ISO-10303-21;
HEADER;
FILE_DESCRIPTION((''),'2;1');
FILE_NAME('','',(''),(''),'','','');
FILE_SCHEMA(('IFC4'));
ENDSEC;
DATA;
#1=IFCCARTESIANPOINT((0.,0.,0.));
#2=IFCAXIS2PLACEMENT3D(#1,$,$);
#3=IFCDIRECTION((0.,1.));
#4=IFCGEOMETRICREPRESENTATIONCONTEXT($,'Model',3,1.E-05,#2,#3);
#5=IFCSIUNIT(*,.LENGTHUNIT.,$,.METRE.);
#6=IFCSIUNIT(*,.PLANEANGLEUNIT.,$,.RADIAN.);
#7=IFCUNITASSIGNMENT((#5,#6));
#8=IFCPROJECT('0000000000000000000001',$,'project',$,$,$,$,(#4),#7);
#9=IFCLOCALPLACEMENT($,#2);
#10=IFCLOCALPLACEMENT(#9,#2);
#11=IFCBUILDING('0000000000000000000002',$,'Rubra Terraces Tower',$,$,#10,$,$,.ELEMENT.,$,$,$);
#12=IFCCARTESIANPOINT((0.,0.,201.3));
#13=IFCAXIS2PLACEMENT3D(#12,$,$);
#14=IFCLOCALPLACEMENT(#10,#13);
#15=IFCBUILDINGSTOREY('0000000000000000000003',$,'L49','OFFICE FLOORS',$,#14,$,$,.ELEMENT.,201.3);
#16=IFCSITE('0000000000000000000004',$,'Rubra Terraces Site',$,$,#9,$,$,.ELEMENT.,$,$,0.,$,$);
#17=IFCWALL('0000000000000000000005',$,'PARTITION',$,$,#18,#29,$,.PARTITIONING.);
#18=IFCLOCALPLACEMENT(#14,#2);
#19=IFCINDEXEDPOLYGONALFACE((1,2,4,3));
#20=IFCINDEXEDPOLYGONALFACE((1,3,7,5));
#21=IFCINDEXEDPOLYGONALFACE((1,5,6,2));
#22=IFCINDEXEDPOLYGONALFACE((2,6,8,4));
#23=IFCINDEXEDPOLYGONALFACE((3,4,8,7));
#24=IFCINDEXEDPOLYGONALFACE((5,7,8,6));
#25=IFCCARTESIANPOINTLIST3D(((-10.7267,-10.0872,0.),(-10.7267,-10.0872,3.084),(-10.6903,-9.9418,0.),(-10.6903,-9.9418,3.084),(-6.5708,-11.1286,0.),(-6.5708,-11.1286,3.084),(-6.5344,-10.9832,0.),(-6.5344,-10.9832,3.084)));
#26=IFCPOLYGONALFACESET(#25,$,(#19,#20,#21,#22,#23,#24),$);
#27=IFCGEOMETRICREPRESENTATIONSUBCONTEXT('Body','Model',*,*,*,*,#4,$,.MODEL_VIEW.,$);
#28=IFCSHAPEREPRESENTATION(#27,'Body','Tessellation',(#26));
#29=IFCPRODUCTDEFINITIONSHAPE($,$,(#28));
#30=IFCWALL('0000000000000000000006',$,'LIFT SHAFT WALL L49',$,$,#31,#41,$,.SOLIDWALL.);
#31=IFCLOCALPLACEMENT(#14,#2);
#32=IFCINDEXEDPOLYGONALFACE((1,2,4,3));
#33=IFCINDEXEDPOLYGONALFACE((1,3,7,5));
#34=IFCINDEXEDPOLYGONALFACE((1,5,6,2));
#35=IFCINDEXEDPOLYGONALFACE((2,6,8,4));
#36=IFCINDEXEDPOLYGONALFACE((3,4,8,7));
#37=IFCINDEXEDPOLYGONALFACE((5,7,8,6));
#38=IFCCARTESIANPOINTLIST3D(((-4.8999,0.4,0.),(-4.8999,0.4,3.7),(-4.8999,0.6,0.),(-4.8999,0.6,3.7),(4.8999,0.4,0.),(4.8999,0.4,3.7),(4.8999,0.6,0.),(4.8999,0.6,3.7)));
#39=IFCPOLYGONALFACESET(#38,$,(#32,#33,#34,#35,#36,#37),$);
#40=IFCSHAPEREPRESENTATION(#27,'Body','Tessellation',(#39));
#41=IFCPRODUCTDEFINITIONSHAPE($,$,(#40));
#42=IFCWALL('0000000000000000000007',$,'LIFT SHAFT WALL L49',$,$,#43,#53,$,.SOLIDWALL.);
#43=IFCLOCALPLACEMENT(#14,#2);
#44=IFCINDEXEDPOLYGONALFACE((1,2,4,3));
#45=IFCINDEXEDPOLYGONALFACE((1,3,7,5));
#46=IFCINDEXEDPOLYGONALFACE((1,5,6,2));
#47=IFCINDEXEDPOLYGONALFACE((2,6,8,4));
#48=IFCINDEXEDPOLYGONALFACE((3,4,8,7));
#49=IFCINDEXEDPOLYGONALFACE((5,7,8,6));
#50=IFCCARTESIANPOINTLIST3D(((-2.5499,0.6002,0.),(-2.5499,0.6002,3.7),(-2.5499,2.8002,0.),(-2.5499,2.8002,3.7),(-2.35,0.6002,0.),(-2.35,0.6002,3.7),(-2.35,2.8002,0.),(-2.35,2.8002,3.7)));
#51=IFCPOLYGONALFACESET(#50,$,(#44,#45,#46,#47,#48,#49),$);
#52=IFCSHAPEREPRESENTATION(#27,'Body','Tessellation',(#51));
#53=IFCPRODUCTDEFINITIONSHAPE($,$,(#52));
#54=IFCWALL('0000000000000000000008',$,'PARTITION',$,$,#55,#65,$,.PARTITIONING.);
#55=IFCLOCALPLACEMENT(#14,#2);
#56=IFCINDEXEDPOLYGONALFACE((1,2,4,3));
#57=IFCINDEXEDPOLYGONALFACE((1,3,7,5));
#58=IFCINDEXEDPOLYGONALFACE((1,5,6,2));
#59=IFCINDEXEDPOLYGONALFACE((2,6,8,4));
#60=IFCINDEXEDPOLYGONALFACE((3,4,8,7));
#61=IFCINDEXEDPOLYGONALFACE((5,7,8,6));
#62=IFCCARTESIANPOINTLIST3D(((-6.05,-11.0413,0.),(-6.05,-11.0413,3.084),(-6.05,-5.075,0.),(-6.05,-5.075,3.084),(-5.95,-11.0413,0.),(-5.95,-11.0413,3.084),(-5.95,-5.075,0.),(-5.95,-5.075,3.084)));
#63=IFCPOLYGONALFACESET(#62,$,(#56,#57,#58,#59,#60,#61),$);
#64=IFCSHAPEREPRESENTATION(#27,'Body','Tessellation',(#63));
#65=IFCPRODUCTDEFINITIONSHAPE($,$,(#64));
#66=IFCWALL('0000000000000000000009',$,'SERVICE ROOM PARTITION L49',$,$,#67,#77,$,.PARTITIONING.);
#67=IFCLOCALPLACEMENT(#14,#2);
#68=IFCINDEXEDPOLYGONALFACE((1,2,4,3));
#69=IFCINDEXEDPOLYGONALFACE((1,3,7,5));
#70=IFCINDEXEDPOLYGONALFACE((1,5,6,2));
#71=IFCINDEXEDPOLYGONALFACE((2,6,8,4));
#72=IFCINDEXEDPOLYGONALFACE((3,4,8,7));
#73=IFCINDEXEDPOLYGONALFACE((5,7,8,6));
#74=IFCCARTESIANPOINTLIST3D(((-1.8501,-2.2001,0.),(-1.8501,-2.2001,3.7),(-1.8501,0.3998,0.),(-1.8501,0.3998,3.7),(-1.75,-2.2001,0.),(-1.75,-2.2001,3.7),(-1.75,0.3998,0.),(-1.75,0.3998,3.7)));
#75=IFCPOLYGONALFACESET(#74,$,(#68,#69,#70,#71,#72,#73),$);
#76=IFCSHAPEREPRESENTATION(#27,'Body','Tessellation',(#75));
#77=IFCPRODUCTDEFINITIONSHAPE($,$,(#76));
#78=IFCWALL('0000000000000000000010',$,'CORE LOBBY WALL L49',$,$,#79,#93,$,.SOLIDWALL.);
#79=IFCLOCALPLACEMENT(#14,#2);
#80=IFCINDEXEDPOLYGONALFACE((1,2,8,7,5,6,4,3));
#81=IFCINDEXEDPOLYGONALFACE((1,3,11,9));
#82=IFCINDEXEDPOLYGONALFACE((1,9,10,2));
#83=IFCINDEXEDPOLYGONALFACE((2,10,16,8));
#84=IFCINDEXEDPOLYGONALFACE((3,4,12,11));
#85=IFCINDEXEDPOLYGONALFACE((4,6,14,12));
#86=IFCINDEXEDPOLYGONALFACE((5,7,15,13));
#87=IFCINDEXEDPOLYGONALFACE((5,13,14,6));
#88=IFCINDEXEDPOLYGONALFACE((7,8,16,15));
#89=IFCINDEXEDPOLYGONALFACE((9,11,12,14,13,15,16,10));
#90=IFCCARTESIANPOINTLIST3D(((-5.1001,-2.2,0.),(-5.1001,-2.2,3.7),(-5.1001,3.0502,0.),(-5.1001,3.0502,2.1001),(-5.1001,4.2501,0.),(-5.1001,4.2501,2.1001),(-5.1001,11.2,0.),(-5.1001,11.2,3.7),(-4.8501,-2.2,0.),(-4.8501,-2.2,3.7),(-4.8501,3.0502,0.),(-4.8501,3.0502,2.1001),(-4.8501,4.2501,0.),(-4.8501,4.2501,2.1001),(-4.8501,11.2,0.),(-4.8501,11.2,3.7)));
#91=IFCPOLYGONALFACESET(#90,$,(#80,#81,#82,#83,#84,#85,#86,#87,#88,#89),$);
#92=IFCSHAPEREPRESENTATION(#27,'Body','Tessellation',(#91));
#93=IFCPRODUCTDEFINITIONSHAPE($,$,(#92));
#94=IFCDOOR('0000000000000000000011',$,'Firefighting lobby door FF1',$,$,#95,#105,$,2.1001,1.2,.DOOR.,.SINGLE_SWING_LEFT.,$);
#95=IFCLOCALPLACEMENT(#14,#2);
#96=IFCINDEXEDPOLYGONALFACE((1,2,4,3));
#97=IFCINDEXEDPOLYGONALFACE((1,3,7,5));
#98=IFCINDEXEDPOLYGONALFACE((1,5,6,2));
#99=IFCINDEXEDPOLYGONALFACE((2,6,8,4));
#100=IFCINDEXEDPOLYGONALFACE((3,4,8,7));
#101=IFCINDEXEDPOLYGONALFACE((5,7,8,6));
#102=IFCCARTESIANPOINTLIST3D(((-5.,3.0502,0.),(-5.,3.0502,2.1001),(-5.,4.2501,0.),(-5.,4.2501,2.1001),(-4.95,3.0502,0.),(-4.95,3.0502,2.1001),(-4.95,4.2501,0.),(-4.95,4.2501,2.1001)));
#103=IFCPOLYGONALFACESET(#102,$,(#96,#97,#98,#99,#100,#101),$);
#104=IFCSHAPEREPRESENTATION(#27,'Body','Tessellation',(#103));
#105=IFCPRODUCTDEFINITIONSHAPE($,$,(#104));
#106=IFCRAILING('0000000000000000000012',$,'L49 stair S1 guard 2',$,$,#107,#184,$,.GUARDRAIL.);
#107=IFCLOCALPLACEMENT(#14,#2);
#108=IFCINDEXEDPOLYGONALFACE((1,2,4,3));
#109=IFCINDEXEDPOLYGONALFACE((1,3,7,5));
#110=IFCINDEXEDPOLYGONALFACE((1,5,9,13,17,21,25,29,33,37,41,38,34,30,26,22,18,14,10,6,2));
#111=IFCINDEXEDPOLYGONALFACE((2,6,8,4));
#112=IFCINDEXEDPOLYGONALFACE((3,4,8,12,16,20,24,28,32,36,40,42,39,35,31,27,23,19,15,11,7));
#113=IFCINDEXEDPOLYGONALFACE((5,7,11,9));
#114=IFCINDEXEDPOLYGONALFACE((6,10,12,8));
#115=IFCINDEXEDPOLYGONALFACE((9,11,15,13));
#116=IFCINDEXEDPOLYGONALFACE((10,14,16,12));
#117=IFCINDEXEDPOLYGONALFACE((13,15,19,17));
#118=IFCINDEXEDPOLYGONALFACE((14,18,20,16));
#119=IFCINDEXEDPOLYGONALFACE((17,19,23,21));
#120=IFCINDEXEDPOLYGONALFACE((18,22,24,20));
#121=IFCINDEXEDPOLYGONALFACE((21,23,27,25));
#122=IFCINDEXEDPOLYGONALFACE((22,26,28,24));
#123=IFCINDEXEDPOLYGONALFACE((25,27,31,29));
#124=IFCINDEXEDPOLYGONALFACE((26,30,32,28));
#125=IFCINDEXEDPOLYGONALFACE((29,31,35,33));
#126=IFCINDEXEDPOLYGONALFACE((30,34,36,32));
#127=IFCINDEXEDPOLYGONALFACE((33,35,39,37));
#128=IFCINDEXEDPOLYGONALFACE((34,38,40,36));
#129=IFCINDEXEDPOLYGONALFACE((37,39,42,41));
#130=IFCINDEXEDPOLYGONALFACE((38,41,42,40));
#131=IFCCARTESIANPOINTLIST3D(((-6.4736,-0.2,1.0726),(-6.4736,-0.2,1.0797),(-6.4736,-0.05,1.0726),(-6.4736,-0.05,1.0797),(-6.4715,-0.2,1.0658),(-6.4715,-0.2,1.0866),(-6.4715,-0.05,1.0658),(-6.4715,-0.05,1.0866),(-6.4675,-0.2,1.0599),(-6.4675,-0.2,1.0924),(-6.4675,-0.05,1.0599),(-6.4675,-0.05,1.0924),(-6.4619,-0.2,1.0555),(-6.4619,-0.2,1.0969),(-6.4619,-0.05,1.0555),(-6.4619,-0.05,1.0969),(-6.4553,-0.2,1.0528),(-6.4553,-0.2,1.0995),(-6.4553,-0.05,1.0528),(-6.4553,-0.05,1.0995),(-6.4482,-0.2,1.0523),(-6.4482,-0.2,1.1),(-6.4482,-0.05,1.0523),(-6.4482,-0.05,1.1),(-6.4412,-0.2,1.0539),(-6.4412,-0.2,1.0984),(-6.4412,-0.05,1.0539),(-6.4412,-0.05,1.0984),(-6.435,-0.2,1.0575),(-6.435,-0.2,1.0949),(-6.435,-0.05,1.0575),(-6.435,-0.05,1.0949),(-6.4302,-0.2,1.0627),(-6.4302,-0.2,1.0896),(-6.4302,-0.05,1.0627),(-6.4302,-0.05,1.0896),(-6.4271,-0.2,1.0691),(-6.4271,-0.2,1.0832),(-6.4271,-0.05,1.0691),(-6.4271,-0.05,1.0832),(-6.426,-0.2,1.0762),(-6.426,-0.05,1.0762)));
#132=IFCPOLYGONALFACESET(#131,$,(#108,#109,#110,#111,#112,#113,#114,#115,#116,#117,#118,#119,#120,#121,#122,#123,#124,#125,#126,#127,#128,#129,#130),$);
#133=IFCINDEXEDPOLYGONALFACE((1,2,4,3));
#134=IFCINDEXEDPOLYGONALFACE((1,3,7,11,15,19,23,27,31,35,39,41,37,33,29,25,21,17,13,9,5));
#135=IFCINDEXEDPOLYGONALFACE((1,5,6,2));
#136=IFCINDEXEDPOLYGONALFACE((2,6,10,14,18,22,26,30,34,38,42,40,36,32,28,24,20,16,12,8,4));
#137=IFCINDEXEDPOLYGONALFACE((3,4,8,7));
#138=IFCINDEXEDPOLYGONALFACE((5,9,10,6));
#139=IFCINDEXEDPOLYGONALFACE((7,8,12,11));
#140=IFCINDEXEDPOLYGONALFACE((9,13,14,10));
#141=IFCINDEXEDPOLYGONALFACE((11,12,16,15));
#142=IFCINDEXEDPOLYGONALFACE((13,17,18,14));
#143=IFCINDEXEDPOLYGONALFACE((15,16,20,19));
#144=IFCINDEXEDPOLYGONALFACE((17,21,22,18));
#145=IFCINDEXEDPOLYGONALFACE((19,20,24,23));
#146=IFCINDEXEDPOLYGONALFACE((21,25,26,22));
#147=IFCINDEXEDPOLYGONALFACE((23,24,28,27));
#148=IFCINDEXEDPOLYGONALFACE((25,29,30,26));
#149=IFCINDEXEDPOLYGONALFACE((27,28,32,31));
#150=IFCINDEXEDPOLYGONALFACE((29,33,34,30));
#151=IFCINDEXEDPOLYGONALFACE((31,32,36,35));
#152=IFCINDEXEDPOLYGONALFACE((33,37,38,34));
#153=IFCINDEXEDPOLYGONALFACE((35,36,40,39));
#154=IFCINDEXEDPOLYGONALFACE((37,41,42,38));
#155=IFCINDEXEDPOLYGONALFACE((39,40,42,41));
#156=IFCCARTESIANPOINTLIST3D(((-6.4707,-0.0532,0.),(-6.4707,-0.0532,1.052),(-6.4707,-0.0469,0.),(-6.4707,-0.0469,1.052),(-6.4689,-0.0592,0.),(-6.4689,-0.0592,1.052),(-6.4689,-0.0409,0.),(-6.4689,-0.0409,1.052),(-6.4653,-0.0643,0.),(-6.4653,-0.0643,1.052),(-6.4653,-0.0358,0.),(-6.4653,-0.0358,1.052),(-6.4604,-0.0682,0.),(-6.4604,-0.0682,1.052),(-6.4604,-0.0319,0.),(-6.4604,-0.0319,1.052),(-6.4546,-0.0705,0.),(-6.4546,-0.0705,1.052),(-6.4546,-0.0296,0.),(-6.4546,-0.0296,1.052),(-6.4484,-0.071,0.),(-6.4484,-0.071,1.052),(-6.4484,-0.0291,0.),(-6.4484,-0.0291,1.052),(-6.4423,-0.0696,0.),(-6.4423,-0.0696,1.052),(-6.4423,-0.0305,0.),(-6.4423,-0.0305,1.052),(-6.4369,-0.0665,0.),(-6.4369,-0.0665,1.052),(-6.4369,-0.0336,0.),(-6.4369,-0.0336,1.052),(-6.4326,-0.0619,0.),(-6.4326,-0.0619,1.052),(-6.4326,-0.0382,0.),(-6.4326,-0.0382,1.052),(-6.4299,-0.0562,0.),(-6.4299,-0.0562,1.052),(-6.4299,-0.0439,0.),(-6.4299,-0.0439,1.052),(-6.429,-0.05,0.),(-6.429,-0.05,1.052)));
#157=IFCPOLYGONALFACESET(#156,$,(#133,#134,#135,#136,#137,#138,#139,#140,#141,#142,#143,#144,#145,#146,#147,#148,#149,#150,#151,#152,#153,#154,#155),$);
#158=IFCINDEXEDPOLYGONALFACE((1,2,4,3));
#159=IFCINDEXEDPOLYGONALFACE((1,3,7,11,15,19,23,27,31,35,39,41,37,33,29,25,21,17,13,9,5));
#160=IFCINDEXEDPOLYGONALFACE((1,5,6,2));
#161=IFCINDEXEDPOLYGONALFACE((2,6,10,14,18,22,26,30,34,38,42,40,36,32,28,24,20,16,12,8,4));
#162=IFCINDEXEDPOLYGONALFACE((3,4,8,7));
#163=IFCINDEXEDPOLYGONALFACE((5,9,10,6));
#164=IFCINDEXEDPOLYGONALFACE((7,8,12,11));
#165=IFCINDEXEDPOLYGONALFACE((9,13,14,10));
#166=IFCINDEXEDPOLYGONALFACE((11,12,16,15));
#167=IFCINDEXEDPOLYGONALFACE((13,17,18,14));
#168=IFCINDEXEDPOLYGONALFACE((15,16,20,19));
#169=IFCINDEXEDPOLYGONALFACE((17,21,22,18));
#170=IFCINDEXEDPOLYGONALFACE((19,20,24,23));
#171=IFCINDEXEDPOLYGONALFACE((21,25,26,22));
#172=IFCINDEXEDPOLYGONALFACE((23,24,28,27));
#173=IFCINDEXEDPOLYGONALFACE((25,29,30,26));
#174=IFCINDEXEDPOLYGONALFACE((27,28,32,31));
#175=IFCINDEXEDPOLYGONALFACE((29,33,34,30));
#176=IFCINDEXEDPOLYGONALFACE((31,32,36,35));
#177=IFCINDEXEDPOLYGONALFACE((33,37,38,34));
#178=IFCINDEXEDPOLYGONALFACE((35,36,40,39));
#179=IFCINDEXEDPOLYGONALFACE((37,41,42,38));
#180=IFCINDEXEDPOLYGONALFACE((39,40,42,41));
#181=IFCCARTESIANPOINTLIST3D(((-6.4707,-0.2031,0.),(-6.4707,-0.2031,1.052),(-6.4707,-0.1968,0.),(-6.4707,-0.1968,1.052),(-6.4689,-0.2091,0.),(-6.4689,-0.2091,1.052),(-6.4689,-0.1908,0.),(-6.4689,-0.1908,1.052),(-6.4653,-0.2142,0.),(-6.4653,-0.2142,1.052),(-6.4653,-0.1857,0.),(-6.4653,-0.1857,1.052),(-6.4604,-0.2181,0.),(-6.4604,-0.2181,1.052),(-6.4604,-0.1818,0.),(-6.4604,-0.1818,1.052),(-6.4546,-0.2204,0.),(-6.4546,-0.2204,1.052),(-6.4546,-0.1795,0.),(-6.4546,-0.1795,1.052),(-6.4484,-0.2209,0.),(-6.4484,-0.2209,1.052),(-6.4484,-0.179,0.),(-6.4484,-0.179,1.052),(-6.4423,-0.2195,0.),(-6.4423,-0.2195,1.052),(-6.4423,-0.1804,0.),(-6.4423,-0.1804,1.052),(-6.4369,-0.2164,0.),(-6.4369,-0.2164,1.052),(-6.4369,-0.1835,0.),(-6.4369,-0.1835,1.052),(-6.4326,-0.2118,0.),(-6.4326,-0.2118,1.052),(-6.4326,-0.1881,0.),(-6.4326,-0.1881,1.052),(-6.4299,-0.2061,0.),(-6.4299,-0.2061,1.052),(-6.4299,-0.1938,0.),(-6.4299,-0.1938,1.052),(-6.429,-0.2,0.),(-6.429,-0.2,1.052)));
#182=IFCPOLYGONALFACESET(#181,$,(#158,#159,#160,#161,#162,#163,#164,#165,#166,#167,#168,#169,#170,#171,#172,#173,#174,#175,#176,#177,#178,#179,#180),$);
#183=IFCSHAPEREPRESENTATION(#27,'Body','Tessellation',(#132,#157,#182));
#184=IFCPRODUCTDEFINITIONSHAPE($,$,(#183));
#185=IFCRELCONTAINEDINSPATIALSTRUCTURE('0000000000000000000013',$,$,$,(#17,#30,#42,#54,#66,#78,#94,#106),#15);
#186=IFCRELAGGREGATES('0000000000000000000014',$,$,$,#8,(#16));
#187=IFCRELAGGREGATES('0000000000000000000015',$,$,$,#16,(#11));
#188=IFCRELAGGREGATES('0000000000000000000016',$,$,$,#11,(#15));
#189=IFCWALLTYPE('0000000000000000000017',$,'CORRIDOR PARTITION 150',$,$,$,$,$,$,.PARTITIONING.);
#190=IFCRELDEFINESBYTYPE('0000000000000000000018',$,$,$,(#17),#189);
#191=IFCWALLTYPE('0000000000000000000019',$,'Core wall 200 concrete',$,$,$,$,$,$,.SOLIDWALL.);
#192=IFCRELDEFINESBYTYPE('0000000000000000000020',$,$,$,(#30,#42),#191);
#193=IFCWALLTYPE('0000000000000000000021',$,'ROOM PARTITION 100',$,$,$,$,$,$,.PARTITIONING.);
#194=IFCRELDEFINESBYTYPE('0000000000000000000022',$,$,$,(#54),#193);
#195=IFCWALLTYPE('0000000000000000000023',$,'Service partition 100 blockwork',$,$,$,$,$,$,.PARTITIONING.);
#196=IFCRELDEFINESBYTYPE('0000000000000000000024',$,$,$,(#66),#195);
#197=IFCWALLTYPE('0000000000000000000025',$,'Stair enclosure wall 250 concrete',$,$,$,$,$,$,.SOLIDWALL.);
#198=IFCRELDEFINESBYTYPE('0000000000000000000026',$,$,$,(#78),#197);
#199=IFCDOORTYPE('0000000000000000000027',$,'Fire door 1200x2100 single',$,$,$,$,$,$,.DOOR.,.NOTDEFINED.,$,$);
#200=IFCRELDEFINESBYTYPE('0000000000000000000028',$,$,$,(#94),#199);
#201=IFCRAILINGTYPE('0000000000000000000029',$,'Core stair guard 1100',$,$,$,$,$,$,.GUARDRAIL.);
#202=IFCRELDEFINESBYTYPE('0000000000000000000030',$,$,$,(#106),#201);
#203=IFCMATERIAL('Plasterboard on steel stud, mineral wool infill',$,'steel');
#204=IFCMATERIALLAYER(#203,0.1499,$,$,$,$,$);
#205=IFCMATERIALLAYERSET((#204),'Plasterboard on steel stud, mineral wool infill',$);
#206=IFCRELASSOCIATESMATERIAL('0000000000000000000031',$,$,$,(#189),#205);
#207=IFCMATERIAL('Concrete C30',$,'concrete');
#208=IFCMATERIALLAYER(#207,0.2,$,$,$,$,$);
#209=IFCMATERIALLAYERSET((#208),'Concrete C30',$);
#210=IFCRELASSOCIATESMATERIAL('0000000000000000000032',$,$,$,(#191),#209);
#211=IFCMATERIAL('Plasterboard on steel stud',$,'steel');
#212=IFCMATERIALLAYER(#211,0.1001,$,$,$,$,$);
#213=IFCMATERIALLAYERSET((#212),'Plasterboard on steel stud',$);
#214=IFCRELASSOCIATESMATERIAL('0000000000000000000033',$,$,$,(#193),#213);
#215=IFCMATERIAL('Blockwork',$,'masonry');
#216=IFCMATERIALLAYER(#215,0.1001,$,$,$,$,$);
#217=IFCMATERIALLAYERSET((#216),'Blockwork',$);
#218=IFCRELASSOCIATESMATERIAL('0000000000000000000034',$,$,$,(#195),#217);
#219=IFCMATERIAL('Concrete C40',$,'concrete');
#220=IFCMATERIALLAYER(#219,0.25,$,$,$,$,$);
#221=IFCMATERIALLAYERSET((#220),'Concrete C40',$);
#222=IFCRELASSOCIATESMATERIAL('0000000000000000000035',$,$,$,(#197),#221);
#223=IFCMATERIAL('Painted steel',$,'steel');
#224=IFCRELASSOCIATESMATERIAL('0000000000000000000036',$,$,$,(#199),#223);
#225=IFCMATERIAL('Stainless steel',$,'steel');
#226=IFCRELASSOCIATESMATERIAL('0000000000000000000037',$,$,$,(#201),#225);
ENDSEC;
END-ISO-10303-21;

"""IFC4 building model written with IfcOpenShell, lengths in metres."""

from ifc_helpers import new_model, si_unit, direction, frame, frame_2d, origin, origin_2d, place, context, subcontext, project, spatial, rectangle, circle, extrude, material, layer, layer_set, type_object, element, fill, save


model = new_model("IFC4")

# Units and contexts
model_context = context("Model", 3, precision=1e-05, world=origin(), true_north=direction((0.0, 1.0)))
body_context = subcontext(model_context, "Body", "Model", "MODEL_VIEW")
ifc_project = project(units=[si_unit("LENGTHUNIT", "METRE"), si_unit("PLANEANGLEUNIT", "RADIAN")], contexts=[model_context])

# Site, building, storey
site_placement = place(None, origin())
site = spatial("IfcSite", under=ifc_project, at=site_placement, Name="Rubra Terraces Site", CompositionType="ELEMENT", RefElevation=0.0)
building_placement = place(site_placement, origin())
building = spatial("IfcBuilding", under=site, at=building_placement, Name="Rubra Terraces Tower", CompositionType="ELEMENT")
storey_placement = place(building_placement, frame((0.0, 0.0, 201.3)))
storey = spatial("IfcBuildingStorey", under=building, at=storey_placement, Name="L49", Description="OFFICE FLOORS", CompositionType="ELEMENT", Elevation=201.3)

# Shared definitions
ifc_material_1 = material(Name="Concrete C40", Category="concrete")

# Shared definitions
ifc_material_2 = material(Name="Plasterboard on steel stud, mineral wool infill", Category="steel")
ifc_layer_1 = layer(ifc_material_2, 0.1499)
ifc_layer_set_1 = layer_set([ifc_layer_1], Name="Plasterboard on steel stud, mineral wool infill")
wall_type_1 = type_object("IfcWallType", Name="CORRIDOR PARTITION 150", PredefinedType="PARTITIONING", material=ifc_layer_set_1)

# Walls
wall_1_placement = place(storey_placement, frame((-6.5527, -11.0559, 0.0), z_axis=(0.0, 0.0, 1.0), x_axis=(-0.970005, 0.243085, 0.0)))
element("IfcWall", 1, at=wall_1_placement, inside=storey, type_object=wall_type_1, Name="PARTITION", PredefinedType="PARTITIONING", context=body_context, shape_type="SweptSolid", body=[
    extrude(rectangle(XDim=4.2844, YDim=0.1499, at=frame_2d((2.1421, 0.0))), origin(), (0.0, 0.0, 1.0), 3.084),
])
ifc_material_3 = material(Name="Concrete C30", Category="concrete")
ifc_layer_2 = layer(ifc_material_3, 0.2)
ifc_layer_set_2 = layer_set([ifc_layer_2], Name="Concrete C30")
wall_type_2 = type_object("IfcWallType", Name="Core wall 200 concrete", PredefinedType="SOLIDWALL", material=ifc_layer_set_2)
wall_2_placement = place(storey_placement, frame((-4.8999, 0.5, 0.0), z_axis=(0.0, 0.0, 1.0), x_axis=(1.0, 0.0, 0.0)))
element("IfcWall", 2, at=wall_2_placement, inside=storey, type_object=wall_type_2, Name="LIFT SHAFT WALL L49", PredefinedType="SOLIDWALL", context=body_context, shape_type="SweptSolid", body=[
    extrude(rectangle(XDim=9.7998, YDim=0.2, at=frame_2d((4.8999, 0.0))), origin(), (0.0, 0.0, 1.0), 3.7),
])
wall_3_placement = place(storey_placement, frame((-2.45, 0.6001, 0.0), z_axis=(0.0, 0.0, 1.0), x_axis=(0.0, 1.0, 0.0)))
element("IfcWall", 3, at=wall_3_placement, inside=storey, type_object=wall_type_2, Name="LIFT SHAFT WALL L49", PredefinedType="SOLIDWALL", context=body_context, shape_type="SweptSolid", body=[
    extrude(rectangle(XDim=2.2, YDim=0.2, at=frame_2d((1.1001, 0.0))), origin(), (0.0, 0.0, 1.0), 3.7),
])
ifc_material_4 = material(Name="Plasterboard on steel stud", Category="steel")
ifc_layer_3 = layer(ifc_material_4, 0.1001)
ifc_layer_set_3 = layer_set([ifc_layer_3], Name="Plasterboard on steel stud")
wall_type_3 = type_object("IfcWallType", Name="ROOM PARTITION 100", PredefinedType="PARTITIONING", material=ifc_layer_set_3)
wall_4_placement = place(storey_placement, frame((-6.0, -11.0413, 0.0), z_axis=(0.0, 0.0, 1.0), x_axis=(0.0, 1.0, 0.0)))
element("IfcWall", 4, at=wall_4_placement, inside=storey, type_object=wall_type_3, Name="PARTITION", PredefinedType="PARTITIONING", context=body_context, shape_type="SweptSolid", body=[
    extrude(rectangle(XDim=5.9663, YDim=0.1001, at=frame_2d((2.9832, 0.0))), origin(), (0.0, 0.0, 1.0), 3.084),
])
ifc_material_5 = material(Name="Blockwork", Category="masonry")
ifc_layer_4 = layer(ifc_material_5, 0.1001)
ifc_layer_set_4 = layer_set([ifc_layer_4], Name="Blockwork")
wall_type_4 = type_object("IfcWallType", Name="Service partition 100 blockwork", PredefinedType="PARTITIONING", material=ifc_layer_set_4)
wall_5_placement = place(storey_placement, frame((-1.8, -2.2, 0.0), z_axis=(0.0, 0.0, 1.0), x_axis=(0.0, 1.0, 0.0)))
element("IfcWall", 5, at=wall_5_placement, inside=storey, type_object=wall_type_4, Name="SERVICE ROOM PARTITION L49", PredefinedType="PARTITIONING", context=body_context, shape_type="SweptSolid", body=[
    extrude(rectangle(XDim=2.5999, YDim=0.1001, at=frame_2d((1.2998, 0.0))), origin(), (0.0, 0.0, 1.0), 3.7),
])

# Wall, opening, door
ifc_layer_5 = layer(ifc_material_1, 0.25)
ifc_layer_set_5 = layer_set([ifc_layer_5], Name="Concrete C40")
wall_type_5 = type_object("IfcWallType", Name="Stair enclosure wall 250 concrete", PredefinedType="SOLIDWALL", material=ifc_layer_set_5)
wall_6_placement = place(storey_placement, frame((-4.9751, -2.2, 0.0), z_axis=(0.0, 0.0, 1.0), x_axis=(0.0, 1.0, 0.0)))
wall_6 = element("IfcWall", 6, at=wall_6_placement, inside=storey, type_object=wall_type_5, Name="CORE LOBBY WALL L49", PredefinedType="SOLIDWALL", context=body_context, shape_type="SweptSolid", body=[
    extrude(rectangle(XDim=13.3999, YDim=0.25, at=frame_2d((6.7, 0.0))), origin(), (0.0, 0.0, 1.0), 3.7),
])
opening_1_placement = place(wall_6_placement, frame((5.25, 0.0, 0.0)))
opening_1 = element("IfcOpeningElement", 7, at=opening_1_placement, cuts=wall_6, PredefinedType="OPENING", context=body_context, shape_type="SweptSolid", body=[
    extrude(rectangle(XDim=1.2, YDim=2.1001, at=frame_2d((0.6001, 1.05))), frame((0.0, 0.135, 0.0), z_axis=(0.0, -1.0, 0.0), x_axis=(1.0, 0.0, 0.0)), (0.0, 0.0, 1.0), 0.27),
])
ifc_material_6 = material(Name="Painted steel", Category="steel")
door_type_1 = type_object("IfcDoorType", Name="Fire door 1200x2100 single", OperationType="NOTDEFINED", PredefinedType="DOOR", material=ifc_material_6)
door_1_placement = place(opening_1_placement, origin())
door_1 = element("IfcDoor", 8, at=door_1_placement, inside=storey, type_object=door_type_1, Name="Firefighting lobby door FF1", OperationType="SINGLE_SWING_LEFT", OverallHeight=2.1001, OverallWidth=1.2, PredefinedType="DOOR", context=body_context, shape_type="SweptSolid", body=[
    extrude(rectangle(XDim=1.2, YDim=2.1001, at=frame_2d((0.6001, 1.05))), frame((0.0, 0.0249, 0.0), z_axis=(0.0, -1.0, 0.0), x_axis=(1.0, 0.0, 0.0)), (0.0, 0.0, 1.0), 0.05),
])
fill(opening_1, door_1)

# Railing
ifc_material_7 = material(Name="Stainless steel", Category="steel")
railing_type = type_object("IfcRailingType", Name="Core stair guard 1100", PredefinedType="GUARDRAIL", material=ifc_material_7)
railing_1_placement = place(storey_placement, frame((-6.45, -0.05, 0.0)))
element("IfcRailing", 9, at=railing_1_placement, inside=storey, type_object=railing_type, Name="L49 stair S1 guard 2", PredefinedType="GUARDRAIL", context=body_context, shape_type="SweptSolid", body=[
    extrude(circle(Radius=0.0239, at=origin_2d()), frame((0.0, 0.0, 1.0762), z_axis=(0.0, -1.0, 0.0), x_axis=(1.0, 0.0, 0.0)), (0.0, 0.0, 1.0), 0.1499),
    extrude(circle(Radius=0.021, at=origin_2d()), origin(), (0.0, 0.0, 1.0), 1.052),
    extrude(circle(Radius=0.021, at=origin_2d()), frame((0.0, -0.1499, 0.0)), (0.0, 0.0, 1.0), 1.052),
])

save(model, "model.ifc")
